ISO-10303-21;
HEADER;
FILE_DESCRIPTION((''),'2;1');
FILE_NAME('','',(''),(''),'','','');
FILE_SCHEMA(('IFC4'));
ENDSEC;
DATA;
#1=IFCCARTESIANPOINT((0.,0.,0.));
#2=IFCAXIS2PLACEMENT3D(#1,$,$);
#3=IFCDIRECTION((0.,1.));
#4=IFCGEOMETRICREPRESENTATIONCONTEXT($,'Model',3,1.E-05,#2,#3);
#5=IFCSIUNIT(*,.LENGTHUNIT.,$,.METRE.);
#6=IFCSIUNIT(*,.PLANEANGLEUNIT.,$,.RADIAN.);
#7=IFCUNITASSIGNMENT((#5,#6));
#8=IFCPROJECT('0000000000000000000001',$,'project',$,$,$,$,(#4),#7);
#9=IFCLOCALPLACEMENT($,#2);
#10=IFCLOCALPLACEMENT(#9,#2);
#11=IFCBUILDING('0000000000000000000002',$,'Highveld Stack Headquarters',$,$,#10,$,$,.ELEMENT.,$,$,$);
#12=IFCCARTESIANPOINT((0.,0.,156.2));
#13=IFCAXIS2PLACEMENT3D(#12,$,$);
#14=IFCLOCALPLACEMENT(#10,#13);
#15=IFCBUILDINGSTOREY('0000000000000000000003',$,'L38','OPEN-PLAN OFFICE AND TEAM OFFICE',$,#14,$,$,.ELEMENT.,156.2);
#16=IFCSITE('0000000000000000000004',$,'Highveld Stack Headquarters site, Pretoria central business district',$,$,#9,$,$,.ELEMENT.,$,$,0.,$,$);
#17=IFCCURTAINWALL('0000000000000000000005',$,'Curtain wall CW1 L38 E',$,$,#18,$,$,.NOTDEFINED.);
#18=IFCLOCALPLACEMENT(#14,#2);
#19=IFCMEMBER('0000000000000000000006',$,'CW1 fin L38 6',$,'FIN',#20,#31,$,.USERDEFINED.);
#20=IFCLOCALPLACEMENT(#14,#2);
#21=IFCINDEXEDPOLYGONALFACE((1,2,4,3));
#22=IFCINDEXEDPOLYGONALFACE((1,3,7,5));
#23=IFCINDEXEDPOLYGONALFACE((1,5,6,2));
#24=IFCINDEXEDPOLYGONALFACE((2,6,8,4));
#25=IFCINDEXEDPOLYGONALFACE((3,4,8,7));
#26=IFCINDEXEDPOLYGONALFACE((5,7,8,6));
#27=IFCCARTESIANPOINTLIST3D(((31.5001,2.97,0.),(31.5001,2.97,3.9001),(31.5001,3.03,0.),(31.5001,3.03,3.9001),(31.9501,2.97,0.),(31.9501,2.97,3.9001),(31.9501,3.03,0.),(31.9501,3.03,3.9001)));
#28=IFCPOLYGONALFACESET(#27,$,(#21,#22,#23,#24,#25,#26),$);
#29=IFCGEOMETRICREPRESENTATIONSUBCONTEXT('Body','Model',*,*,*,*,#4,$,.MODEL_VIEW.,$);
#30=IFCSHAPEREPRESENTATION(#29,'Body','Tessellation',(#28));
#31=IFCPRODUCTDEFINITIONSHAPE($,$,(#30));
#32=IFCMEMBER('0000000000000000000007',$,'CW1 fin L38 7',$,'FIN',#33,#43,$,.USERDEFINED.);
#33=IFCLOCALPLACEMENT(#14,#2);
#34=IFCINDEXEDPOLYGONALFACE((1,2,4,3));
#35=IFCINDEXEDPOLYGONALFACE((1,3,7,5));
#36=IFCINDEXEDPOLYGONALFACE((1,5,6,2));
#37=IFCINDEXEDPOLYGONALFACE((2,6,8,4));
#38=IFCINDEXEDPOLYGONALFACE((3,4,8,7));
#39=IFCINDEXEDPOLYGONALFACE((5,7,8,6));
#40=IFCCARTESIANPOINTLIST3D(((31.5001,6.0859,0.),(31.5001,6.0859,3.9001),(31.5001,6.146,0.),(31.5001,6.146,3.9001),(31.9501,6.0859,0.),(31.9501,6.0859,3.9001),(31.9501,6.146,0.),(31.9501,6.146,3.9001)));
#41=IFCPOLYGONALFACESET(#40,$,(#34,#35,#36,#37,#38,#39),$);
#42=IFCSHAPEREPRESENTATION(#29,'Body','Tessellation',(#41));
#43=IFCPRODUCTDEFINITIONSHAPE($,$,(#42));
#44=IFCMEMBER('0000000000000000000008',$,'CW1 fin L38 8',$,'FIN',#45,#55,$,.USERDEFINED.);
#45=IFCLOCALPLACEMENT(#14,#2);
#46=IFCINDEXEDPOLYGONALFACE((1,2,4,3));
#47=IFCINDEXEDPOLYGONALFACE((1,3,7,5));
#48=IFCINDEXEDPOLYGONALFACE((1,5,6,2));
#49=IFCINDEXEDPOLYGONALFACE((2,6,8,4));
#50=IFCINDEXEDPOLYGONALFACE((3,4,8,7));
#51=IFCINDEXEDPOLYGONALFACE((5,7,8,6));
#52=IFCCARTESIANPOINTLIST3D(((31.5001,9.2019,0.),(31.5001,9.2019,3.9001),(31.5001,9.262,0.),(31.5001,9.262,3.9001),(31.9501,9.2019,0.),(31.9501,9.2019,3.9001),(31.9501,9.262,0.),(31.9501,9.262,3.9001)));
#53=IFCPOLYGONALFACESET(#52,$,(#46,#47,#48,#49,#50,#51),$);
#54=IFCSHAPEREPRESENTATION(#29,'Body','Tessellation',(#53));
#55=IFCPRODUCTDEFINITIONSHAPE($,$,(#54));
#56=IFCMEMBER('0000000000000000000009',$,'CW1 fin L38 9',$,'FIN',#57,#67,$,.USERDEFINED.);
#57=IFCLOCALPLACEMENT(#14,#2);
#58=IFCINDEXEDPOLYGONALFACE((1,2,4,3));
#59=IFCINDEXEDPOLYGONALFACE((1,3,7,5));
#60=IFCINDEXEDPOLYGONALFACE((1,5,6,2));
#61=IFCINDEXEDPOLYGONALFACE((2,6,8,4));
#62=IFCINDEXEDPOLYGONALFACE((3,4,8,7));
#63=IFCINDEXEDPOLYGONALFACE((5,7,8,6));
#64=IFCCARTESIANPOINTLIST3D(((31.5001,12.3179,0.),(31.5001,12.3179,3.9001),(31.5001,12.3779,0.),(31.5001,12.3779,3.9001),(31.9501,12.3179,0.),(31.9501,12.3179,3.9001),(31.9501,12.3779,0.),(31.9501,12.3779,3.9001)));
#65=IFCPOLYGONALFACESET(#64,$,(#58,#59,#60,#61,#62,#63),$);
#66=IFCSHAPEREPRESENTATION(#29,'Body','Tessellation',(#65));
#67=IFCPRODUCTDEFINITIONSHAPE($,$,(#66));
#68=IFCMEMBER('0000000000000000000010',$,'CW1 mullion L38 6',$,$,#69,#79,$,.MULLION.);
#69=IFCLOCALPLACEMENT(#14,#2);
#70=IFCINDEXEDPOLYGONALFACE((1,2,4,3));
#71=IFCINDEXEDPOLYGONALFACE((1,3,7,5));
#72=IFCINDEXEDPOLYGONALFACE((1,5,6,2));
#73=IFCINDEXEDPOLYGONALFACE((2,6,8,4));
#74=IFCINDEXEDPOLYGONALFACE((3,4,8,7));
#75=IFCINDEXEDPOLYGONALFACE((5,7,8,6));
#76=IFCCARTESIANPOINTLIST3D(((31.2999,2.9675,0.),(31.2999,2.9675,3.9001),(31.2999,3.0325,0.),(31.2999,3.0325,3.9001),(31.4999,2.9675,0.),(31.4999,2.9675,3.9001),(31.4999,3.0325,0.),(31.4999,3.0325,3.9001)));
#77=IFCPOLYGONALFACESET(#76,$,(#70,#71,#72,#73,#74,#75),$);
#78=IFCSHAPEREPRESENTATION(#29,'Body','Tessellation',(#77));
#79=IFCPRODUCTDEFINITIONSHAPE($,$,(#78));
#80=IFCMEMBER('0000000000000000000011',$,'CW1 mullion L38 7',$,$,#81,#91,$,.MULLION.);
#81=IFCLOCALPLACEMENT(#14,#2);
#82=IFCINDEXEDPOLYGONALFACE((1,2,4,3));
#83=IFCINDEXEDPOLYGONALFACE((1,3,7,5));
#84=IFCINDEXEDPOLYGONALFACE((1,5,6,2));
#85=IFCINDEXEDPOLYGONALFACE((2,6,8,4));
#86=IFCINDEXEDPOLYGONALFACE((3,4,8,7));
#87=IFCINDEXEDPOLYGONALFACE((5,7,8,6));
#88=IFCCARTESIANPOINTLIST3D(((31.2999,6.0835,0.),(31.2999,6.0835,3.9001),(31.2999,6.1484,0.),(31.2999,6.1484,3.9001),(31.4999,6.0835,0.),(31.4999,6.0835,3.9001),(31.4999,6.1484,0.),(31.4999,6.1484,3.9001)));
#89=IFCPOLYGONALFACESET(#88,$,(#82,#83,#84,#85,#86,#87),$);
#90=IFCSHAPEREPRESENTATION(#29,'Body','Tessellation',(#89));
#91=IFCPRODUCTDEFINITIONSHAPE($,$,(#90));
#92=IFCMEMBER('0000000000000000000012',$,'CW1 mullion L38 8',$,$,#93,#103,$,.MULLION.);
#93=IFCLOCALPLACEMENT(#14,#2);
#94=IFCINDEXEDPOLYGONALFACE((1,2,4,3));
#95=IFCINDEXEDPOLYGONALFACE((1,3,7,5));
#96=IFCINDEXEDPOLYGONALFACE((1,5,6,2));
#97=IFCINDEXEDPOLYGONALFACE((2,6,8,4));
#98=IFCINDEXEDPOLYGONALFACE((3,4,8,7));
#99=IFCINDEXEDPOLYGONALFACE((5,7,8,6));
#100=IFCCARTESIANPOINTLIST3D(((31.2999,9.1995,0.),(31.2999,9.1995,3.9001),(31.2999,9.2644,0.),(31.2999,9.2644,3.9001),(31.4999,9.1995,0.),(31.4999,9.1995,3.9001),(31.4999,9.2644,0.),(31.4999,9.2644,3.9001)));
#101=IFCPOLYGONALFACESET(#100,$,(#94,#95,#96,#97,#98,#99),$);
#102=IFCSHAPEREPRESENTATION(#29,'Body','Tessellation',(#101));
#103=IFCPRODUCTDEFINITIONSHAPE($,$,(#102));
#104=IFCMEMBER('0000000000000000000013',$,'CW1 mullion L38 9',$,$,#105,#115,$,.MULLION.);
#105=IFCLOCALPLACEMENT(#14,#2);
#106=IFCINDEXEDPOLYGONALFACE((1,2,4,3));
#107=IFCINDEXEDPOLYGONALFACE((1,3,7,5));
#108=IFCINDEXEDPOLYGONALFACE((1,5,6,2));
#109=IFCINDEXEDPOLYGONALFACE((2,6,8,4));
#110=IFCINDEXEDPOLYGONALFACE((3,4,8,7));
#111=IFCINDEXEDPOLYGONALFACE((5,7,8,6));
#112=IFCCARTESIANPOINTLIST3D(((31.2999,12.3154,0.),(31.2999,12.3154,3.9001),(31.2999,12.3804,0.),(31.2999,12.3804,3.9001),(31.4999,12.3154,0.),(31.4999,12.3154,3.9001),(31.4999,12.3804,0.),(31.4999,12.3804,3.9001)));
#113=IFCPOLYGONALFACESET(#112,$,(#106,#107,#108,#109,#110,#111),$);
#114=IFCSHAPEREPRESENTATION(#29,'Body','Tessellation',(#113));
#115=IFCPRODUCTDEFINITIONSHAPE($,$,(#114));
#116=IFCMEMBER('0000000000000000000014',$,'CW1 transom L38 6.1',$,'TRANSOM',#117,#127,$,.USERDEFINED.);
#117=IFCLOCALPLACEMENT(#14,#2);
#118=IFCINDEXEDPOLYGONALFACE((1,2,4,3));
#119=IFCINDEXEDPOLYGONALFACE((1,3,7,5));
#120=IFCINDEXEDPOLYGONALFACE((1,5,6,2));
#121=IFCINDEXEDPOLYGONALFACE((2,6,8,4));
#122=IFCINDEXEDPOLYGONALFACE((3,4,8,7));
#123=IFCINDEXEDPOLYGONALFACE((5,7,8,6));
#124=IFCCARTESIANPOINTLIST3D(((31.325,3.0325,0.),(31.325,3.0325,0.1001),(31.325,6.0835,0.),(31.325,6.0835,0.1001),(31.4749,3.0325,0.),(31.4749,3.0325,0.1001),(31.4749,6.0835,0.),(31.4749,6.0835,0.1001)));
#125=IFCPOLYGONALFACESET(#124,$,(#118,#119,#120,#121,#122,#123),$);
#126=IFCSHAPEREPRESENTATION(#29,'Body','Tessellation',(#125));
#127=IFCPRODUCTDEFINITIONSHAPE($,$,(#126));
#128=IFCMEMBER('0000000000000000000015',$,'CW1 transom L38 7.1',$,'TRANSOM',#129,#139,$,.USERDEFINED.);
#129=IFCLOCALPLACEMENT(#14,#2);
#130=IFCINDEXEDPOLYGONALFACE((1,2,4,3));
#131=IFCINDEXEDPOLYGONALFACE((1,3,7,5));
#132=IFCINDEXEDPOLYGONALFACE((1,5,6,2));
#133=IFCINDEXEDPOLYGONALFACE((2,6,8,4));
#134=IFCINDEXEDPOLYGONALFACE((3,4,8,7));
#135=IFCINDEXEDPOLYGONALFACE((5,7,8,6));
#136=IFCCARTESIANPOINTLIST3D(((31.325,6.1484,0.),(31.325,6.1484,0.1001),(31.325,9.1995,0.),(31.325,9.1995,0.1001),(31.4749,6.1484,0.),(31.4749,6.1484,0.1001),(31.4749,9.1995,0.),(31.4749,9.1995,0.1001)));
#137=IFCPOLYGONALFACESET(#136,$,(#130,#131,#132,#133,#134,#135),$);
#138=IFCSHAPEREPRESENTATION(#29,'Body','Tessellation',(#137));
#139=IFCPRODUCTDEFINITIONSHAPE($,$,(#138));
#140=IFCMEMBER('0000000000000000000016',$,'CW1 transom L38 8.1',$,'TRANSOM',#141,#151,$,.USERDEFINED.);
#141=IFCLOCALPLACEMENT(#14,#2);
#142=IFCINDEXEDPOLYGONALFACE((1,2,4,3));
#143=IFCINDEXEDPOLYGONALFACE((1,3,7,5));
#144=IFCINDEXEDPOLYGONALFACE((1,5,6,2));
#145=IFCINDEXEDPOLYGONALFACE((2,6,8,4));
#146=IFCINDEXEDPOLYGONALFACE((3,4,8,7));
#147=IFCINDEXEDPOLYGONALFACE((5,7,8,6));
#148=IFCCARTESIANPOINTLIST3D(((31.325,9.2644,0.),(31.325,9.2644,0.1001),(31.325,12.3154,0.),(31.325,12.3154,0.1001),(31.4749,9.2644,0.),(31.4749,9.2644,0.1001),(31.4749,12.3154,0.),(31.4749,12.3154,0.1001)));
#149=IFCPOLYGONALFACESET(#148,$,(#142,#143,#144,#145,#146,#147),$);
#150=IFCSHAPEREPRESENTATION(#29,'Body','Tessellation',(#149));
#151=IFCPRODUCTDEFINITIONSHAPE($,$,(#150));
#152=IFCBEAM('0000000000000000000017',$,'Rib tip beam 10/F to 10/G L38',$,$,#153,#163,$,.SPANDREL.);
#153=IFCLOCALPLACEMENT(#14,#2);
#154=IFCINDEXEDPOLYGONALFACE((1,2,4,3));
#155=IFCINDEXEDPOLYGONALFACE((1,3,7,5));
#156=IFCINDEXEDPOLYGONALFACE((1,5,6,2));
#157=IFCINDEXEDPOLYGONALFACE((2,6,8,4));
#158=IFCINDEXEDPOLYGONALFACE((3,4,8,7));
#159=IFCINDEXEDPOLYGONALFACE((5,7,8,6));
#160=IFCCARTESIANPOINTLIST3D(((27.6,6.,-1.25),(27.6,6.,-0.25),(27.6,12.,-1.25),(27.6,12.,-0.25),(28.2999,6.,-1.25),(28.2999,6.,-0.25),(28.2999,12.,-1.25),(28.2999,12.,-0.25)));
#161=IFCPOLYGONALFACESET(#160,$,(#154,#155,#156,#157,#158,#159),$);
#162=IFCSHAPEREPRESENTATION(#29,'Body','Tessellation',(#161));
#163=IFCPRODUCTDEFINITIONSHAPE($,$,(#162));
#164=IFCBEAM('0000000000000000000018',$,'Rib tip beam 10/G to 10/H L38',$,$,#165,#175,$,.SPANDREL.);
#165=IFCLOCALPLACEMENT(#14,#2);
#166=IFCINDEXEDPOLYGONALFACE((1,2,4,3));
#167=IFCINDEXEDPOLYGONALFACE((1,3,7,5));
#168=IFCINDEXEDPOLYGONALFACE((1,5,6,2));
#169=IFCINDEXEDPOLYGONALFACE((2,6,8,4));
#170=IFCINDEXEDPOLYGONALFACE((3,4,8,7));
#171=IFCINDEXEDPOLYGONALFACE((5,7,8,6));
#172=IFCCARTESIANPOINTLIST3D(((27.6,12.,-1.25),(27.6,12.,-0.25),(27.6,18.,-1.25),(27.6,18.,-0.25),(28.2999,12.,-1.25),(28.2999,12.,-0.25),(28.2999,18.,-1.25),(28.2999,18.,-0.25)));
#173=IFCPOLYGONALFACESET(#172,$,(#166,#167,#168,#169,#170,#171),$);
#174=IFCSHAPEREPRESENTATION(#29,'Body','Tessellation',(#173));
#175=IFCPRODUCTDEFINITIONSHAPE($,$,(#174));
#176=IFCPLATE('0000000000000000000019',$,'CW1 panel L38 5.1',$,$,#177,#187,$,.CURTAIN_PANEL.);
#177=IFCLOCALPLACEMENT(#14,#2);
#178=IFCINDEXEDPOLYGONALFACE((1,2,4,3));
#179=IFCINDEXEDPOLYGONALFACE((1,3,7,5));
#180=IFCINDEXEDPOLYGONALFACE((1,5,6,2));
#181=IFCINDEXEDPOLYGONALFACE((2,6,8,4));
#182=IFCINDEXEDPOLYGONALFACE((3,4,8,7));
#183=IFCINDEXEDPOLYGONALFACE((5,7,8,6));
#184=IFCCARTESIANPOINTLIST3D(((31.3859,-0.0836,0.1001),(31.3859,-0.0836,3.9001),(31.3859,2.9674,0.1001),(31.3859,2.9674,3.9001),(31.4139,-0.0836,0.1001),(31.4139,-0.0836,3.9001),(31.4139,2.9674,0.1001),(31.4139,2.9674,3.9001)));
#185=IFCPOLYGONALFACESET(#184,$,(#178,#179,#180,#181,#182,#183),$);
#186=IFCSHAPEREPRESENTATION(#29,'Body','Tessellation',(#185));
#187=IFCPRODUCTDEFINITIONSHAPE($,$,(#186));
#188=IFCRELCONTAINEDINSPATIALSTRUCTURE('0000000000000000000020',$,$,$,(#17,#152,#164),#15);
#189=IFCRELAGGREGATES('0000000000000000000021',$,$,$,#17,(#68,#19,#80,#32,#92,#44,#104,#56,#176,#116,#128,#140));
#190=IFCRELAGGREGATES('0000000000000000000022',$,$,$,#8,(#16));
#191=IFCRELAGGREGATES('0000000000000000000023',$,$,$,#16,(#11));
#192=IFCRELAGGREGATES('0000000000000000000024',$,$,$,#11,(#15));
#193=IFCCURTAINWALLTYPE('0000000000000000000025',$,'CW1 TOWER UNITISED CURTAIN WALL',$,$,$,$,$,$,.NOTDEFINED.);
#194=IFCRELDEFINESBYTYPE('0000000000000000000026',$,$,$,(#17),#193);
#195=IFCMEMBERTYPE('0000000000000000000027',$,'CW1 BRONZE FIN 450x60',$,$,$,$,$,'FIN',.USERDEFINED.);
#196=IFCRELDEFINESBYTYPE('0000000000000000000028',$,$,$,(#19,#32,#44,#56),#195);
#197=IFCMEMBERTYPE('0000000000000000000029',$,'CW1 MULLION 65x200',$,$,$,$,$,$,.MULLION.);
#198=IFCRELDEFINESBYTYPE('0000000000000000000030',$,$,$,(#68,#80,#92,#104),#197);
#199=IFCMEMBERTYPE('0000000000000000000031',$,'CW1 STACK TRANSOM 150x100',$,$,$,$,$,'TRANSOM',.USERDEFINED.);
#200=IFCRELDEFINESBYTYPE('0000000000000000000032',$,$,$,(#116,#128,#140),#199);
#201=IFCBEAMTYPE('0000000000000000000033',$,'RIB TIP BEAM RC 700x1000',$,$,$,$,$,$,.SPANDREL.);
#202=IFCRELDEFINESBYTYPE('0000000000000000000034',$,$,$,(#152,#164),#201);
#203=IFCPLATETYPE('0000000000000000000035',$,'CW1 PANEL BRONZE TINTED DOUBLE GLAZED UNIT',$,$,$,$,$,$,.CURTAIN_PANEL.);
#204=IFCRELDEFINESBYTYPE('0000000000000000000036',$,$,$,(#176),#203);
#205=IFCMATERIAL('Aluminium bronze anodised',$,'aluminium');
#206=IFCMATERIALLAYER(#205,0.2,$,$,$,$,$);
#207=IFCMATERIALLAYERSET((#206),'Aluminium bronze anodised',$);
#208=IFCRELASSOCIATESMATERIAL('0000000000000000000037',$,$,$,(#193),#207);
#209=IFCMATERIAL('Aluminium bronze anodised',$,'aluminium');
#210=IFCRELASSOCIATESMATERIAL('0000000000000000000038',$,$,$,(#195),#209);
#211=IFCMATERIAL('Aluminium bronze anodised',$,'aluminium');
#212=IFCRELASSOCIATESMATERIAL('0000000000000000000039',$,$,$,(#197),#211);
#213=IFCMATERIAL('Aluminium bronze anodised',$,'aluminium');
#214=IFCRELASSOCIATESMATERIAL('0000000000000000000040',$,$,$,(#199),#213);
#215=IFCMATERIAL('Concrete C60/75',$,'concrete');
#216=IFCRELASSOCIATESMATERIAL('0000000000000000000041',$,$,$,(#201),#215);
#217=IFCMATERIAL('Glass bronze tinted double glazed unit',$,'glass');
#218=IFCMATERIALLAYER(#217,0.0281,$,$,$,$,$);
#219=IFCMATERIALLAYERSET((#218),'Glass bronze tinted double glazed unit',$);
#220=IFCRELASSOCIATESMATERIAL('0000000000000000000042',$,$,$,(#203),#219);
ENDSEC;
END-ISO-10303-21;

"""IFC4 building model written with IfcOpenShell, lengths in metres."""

from ifc_helpers import new_model, si_unit, direction, frame, origin, origin_2d, place, context, subcontext, project, spatial, rectangle, extrude, material, layer, layer_set, material_profile, profile_set, type_object, element, aggregate, save


model = new_model("IFC4")

# Units and contexts
model_context = context("Model", 3, precision=1e-05, world=origin(), true_north=direction((0.0, 1.0)))
body_context = subcontext(model_context, "Body", "Model", "MODEL_VIEW")
ifc_project = project(units=[si_unit("LENGTHUNIT", "METRE"), si_unit("PLANEANGLEUNIT", "RADIAN")], contexts=[model_context])

# Site, building, storey
site_placement = place(None, origin())
site = spatial("IfcSite", under=ifc_project, at=site_placement, Name="Highveld Stack Headquarters site, Pretoria central business district", CompositionType="ELEMENT", RefElevation=0.0)
building_placement = place(site_placement, origin())
building = spatial("IfcBuilding", under=site, at=building_placement, Name="Highveld Stack Headquarters", CompositionType="ELEMENT")
storey_placement = place(building_placement, frame((0.0, 0.0, 156.2)))
storey = spatial("IfcBuildingStorey", under=building, at=storey_placement, Name="L38", Description="OPEN-PLAN OFFICE AND TEAM OFFICE", CompositionType="ELEMENT", Elevation=156.2)

# Curtain wall, members
ifc_material_1 = material(Name="Aluminium bronze anodised", Category="aluminium")
ifc_layer_1 = layer(ifc_material_1, 0.2)
ifc_layer_set_1 = layer_set([ifc_layer_1], Name="Aluminium bronze anodised")
curtain_wall_type = type_object("IfcCurtainWallType", Name="CW1 TOWER UNITISED CURTAIN WALL", PredefinedType="NOTDEFINED", material=ifc_layer_set_1)
curtain_wall_placement = place(storey_placement, origin())
curtain_wall = element("IfcCurtainWall", 1, at=curtain_wall_placement, inside=storey, type_object=curtain_wall_type, Name="Curtain wall CW1 L38 E", PredefinedType="NOTDEFINED")
ifc_material_2 = material(Name="Aluminium bronze anodised", Category="aluminium")
ifc_material_profile_1 = material_profile(ifc_material_2, rectangle(XDim=0.45, YDim=0.0601, at=origin_2d()), Name="FIN 450x60")
ifc_profile_set_1 = profile_set([ifc_material_profile_1], Name="Aluminium bronze anodised")
member_type_1 = type_object("IfcMemberType", Name="CW1 BRONZE FIN 450x60", ElementType="FIN", PredefinedType="USERDEFINED", material=ifc_profile_set_1)
member_1_placement = place(storey_placement, frame((31.7251, 3.0, 0.0), z_axis=(0.0, 0.0, 1.0), x_axis=(-1.0, 0.0, 0.0)))
member_1 = element("IfcMember", 2, at=member_1_placement, type_object=member_type_1, Name="CW1 fin L38 6", ObjectType="FIN", PredefinedType="USERDEFINED", context=body_context, shape_type="SweptSolid", body=[
    extrude(rectangle(XDim=0.45, YDim=0.0601, at=origin_2d()), origin(), (0.0, 0.0, 1.0), 3.9001),
])
member_2_placement = place(storey_placement, frame((31.7251, 6.116, 0.0), z_axis=(0.0, 0.0, 1.0), x_axis=(-1.0, 0.0, 0.0)))
member_2 = element("IfcMember", 3, at=member_2_placement, type_object=member_type_1, Name="CW1 fin L38 7", ObjectType="FIN", PredefinedType="USERDEFINED", context=body_context, shape_type="SweptSolid", body=[
    extrude(rectangle(XDim=0.45, YDim=0.0601, at=origin_2d()), origin(), (0.0, 0.0, 1.0), 3.9001),
])
member_3_placement = place(storey_placement, frame((31.7251, 9.2319, 0.0), z_axis=(0.0, 0.0, 1.0), x_axis=(-1.0, 0.0, 0.0)))
member_3 = element("IfcMember", 4, at=member_3_placement, type_object=member_type_1, Name="CW1 fin L38 8", ObjectType="FIN", PredefinedType="USERDEFINED", context=body_context, shape_type="SweptSolid", body=[
    extrude(rectangle(XDim=0.45, YDim=0.0601, at=origin_2d()), origin(), (0.0, 0.0, 1.0), 3.9001),
])
member_4_placement = place(storey_placement, frame((31.7251, 12.3479, 0.0), z_axis=(0.0, 0.0, 1.0), x_axis=(-1.0, 0.0, 0.0)))
member_4 = element("IfcMember", 5, at=member_4_placement, type_object=member_type_1, Name="CW1 fin L38 9", ObjectType="FIN", PredefinedType="USERDEFINED", context=body_context, shape_type="SweptSolid", body=[
    extrude(rectangle(XDim=0.45, YDim=0.0601, at=origin_2d()), origin(), (0.0, 0.0, 1.0), 3.9001),
])
ifc_material_3 = material(Name="Aluminium bronze anodised", Category="aluminium")
ifc_material_profile_2 = material_profile(ifc_material_3, rectangle(XDim=0.2, YDim=0.0649, at=origin_2d()), Name="CW1 MULLION 65x200")
ifc_profile_set_2 = profile_set([ifc_material_profile_2], Name="Aluminium bronze anodised")
member_type_2 = type_object("IfcMemberType", Name="CW1 MULLION 65x200", PredefinedType="MULLION", material=ifc_profile_set_2)
member_5_placement = place(storey_placement, frame((31.3999, 3.0, 0.0), z_axis=(0.0, 0.0, 1.0), x_axis=(-1.0, 0.0, 0.0)))
member_5 = element("IfcMember", 6, at=member_5_placement, type_object=member_type_2, Name="CW1 mullion L38 6", PredefinedType="MULLION", context=body_context, shape_type="SweptSolid", body=[
    extrude(rectangle(XDim=0.2, YDim=0.0649, at=origin_2d()), origin(), (0.0, 0.0, 1.0), 3.9001),
])
member_6_placement = place(storey_placement, frame((31.3999, 6.116, 0.0), z_axis=(0.0, 0.0, 1.0), x_axis=(-1.0, 0.0, 0.0)))
member_6 = element("IfcMember", 7, at=member_6_placement, type_object=member_type_2, Name="CW1 mullion L38 7", PredefinedType="MULLION", context=body_context, shape_type="SweptSolid", body=[
    extrude(rectangle(XDim=0.2, YDim=0.0649, at=origin_2d()), origin(), (0.0, 0.0, 1.0), 3.9001),
])
member_7_placement = place(storey_placement, frame((31.3999, 9.2319, 0.0), z_axis=(0.0, 0.0, 1.0), x_axis=(-1.0, 0.0, 0.0)))
member_7 = element("IfcMember", 8, at=member_7_placement, type_object=member_type_2, Name="CW1 mullion L38 8", PredefinedType="MULLION", context=body_context, shape_type="SweptSolid", body=[
    extrude(rectangle(XDim=0.2, YDim=0.0649, at=origin_2d()), origin(), (0.0, 0.0, 1.0), 3.9001),
])
member_8_placement = place(storey_placement, frame((31.3999, 12.3479, 0.0), z_axis=(0.0, 0.0, 1.0), x_axis=(-1.0, 0.0, 0.0)))
member_8 = element("IfcMember", 9, at=member_8_placement, type_object=member_type_2, Name="CW1 mullion L38 9", PredefinedType="MULLION", context=body_context, shape_type="SweptSolid", body=[
    extrude(rectangle(XDim=0.2, YDim=0.0649, at=origin_2d()), origin(), (0.0, 0.0, 1.0), 3.9001),
])
ifc_material_4 = material(Name="Aluminium bronze anodised", Category="aluminium")
ifc_material_profile_3 = material_profile(ifc_material_4, rectangle(XDim=0.1499, YDim=0.1001, at=origin_2d()), Name="CW1 TRANSOM 150x100")
ifc_profile_set_3 = profile_set([ifc_material_profile_3], Name="Aluminium bronze anodised")
member_type_3 = type_object("IfcMemberType", Name="CW1 STACK TRANSOM 150x100", ElementType="TRANSOM", PredefinedType="USERDEFINED", material=ifc_profile_set_3)
member_9_placement = place(storey_placement, frame((31.3999, 3.0325, 0.05), z_axis=(0.0, 1.0, 0.0), x_axis=(-1.0, 0.0, 0.0)))
member_9 = element("IfcMember", 10, at=member_9_placement, type_object=member_type_3, Name="CW1 transom L38 6.1", ObjectType="TRANSOM", PredefinedType="USERDEFINED", context=body_context, shape_type="SweptSolid", body=[
    extrude(rectangle(XDim=0.1499, YDim=0.1001, at=origin_2d()), origin(), (0.0, 0.0, 1.0), 3.051),
])
member_10_placement = place(storey_placement, frame((31.3999, 6.1484, 0.05), z_axis=(0.0, 1.0, 0.0), x_axis=(-1.0, 0.0, 0.0)))
member_10 = element("IfcMember", 11, at=member_10_placement, type_object=member_type_3, Name="CW1 transom L38 7.1", ObjectType="TRANSOM", PredefinedType="USERDEFINED", context=body_context, shape_type="SweptSolid", body=[
    extrude(rectangle(XDim=0.1499, YDim=0.1001, at=origin_2d()), origin(), (0.0, 0.0, 1.0), 3.051),
])
member_11_placement = place(storey_placement, frame((31.3999, 9.2644, 0.05), z_axis=(0.0, 1.0, 0.0), x_axis=(-1.0, 0.0, 0.0)))
member_11 = element("IfcMember", 12, at=member_11_placement, type_object=member_type_3, Name="CW1 transom L38 8.1", ObjectType="TRANSOM", PredefinedType="USERDEFINED", context=body_context, shape_type="SweptSolid", body=[
    extrude(rectangle(XDim=0.1499, YDim=0.1001, at=origin_2d()), origin(), (0.0, 0.0, 1.0), 3.051),
])

# Beams
ifc_material_5 = material(Name="Concrete C60/75", Category="concrete")
ifc_material_profile_4 = material_profile(ifc_material_5, rectangle(XDim=0.7, YDim=1.0, at=origin_2d()), Name="RC 700x1000")
ifc_profile_set_4 = profile_set([ifc_material_profile_4], Name="Concrete C60/75")
beam_type = type_object("IfcBeamType", Name="RIB TIP BEAM RC 700x1000", PredefinedType="SPANDREL", material=ifc_profile_set_4)
for number, where, z_axis, x_axis, name in (
    (13, (27.95, 6.0, -0.75), (0.0, 1.0, 0.0), (-1.0, 0.0, 0.0), "Rib tip beam 10/F to 10/G L38"),
    (14, (27.95, 12.0, -0.75), (0.0, 1.0, 0.0), (-1.0, 0.0, 0.0), "Rib tip beam 10/G to 10/H L38"),
):
    element("IfcBeam", number, at=place(storey_placement, frame(where, z_axis=z_axis, x_axis=x_axis)), inside=storey, type_object=beam_type, Name=name, PredefinedType="SPANDREL", context=body_context, shape_type="SweptSolid", body=[
        extrude(rectangle(XDim=0.7, YDim=1.0, at=origin_2d()), origin(), (0.0, 0.0, 1.0), 6.0),
    ])

# Plate
ifc_material_6 = material(Name="Glass bronze tinted double glazed unit", Category="glass")
ifc_layer_2 = layer(ifc_material_6, 0.0281)
ifc_layer_set_2 = layer_set([ifc_layer_2], Name="Glass bronze tinted double glazed unit")
plate_type = type_object("IfcPlateType", Name="CW1 PANEL BRONZE TINTED DOUBLE GLAZED UNIT", PredefinedType="CURTAIN_PANEL", material=ifc_layer_set_2)
plate_1_placement = place(storey_placement, frame((31.3999, 1.4419, 0.1001), z_axis=(0.0, 0.0, 1.0), x_axis=(0.0, 1.0, 0.0)))
plate_1 = element("IfcPlate", 15, at=plate_1_placement, type_object=plate_type, Name="CW1 panel L38 5.1", PredefinedType="CURTAIN_PANEL", context=body_context, shape_type="SweptSolid", body=[
    extrude(rectangle(XDim=3.051, YDim=0.0281, at=origin_2d()), origin(), (0.0, 0.0, 1.0), 3.8),
])
aggregate(curtain_wall, [member_5, member_1, member_6, member_2, member_7, member_3, member_8, member_4, plate_1, member_9, member_10, member_11])

save(model, "model.ifc")
